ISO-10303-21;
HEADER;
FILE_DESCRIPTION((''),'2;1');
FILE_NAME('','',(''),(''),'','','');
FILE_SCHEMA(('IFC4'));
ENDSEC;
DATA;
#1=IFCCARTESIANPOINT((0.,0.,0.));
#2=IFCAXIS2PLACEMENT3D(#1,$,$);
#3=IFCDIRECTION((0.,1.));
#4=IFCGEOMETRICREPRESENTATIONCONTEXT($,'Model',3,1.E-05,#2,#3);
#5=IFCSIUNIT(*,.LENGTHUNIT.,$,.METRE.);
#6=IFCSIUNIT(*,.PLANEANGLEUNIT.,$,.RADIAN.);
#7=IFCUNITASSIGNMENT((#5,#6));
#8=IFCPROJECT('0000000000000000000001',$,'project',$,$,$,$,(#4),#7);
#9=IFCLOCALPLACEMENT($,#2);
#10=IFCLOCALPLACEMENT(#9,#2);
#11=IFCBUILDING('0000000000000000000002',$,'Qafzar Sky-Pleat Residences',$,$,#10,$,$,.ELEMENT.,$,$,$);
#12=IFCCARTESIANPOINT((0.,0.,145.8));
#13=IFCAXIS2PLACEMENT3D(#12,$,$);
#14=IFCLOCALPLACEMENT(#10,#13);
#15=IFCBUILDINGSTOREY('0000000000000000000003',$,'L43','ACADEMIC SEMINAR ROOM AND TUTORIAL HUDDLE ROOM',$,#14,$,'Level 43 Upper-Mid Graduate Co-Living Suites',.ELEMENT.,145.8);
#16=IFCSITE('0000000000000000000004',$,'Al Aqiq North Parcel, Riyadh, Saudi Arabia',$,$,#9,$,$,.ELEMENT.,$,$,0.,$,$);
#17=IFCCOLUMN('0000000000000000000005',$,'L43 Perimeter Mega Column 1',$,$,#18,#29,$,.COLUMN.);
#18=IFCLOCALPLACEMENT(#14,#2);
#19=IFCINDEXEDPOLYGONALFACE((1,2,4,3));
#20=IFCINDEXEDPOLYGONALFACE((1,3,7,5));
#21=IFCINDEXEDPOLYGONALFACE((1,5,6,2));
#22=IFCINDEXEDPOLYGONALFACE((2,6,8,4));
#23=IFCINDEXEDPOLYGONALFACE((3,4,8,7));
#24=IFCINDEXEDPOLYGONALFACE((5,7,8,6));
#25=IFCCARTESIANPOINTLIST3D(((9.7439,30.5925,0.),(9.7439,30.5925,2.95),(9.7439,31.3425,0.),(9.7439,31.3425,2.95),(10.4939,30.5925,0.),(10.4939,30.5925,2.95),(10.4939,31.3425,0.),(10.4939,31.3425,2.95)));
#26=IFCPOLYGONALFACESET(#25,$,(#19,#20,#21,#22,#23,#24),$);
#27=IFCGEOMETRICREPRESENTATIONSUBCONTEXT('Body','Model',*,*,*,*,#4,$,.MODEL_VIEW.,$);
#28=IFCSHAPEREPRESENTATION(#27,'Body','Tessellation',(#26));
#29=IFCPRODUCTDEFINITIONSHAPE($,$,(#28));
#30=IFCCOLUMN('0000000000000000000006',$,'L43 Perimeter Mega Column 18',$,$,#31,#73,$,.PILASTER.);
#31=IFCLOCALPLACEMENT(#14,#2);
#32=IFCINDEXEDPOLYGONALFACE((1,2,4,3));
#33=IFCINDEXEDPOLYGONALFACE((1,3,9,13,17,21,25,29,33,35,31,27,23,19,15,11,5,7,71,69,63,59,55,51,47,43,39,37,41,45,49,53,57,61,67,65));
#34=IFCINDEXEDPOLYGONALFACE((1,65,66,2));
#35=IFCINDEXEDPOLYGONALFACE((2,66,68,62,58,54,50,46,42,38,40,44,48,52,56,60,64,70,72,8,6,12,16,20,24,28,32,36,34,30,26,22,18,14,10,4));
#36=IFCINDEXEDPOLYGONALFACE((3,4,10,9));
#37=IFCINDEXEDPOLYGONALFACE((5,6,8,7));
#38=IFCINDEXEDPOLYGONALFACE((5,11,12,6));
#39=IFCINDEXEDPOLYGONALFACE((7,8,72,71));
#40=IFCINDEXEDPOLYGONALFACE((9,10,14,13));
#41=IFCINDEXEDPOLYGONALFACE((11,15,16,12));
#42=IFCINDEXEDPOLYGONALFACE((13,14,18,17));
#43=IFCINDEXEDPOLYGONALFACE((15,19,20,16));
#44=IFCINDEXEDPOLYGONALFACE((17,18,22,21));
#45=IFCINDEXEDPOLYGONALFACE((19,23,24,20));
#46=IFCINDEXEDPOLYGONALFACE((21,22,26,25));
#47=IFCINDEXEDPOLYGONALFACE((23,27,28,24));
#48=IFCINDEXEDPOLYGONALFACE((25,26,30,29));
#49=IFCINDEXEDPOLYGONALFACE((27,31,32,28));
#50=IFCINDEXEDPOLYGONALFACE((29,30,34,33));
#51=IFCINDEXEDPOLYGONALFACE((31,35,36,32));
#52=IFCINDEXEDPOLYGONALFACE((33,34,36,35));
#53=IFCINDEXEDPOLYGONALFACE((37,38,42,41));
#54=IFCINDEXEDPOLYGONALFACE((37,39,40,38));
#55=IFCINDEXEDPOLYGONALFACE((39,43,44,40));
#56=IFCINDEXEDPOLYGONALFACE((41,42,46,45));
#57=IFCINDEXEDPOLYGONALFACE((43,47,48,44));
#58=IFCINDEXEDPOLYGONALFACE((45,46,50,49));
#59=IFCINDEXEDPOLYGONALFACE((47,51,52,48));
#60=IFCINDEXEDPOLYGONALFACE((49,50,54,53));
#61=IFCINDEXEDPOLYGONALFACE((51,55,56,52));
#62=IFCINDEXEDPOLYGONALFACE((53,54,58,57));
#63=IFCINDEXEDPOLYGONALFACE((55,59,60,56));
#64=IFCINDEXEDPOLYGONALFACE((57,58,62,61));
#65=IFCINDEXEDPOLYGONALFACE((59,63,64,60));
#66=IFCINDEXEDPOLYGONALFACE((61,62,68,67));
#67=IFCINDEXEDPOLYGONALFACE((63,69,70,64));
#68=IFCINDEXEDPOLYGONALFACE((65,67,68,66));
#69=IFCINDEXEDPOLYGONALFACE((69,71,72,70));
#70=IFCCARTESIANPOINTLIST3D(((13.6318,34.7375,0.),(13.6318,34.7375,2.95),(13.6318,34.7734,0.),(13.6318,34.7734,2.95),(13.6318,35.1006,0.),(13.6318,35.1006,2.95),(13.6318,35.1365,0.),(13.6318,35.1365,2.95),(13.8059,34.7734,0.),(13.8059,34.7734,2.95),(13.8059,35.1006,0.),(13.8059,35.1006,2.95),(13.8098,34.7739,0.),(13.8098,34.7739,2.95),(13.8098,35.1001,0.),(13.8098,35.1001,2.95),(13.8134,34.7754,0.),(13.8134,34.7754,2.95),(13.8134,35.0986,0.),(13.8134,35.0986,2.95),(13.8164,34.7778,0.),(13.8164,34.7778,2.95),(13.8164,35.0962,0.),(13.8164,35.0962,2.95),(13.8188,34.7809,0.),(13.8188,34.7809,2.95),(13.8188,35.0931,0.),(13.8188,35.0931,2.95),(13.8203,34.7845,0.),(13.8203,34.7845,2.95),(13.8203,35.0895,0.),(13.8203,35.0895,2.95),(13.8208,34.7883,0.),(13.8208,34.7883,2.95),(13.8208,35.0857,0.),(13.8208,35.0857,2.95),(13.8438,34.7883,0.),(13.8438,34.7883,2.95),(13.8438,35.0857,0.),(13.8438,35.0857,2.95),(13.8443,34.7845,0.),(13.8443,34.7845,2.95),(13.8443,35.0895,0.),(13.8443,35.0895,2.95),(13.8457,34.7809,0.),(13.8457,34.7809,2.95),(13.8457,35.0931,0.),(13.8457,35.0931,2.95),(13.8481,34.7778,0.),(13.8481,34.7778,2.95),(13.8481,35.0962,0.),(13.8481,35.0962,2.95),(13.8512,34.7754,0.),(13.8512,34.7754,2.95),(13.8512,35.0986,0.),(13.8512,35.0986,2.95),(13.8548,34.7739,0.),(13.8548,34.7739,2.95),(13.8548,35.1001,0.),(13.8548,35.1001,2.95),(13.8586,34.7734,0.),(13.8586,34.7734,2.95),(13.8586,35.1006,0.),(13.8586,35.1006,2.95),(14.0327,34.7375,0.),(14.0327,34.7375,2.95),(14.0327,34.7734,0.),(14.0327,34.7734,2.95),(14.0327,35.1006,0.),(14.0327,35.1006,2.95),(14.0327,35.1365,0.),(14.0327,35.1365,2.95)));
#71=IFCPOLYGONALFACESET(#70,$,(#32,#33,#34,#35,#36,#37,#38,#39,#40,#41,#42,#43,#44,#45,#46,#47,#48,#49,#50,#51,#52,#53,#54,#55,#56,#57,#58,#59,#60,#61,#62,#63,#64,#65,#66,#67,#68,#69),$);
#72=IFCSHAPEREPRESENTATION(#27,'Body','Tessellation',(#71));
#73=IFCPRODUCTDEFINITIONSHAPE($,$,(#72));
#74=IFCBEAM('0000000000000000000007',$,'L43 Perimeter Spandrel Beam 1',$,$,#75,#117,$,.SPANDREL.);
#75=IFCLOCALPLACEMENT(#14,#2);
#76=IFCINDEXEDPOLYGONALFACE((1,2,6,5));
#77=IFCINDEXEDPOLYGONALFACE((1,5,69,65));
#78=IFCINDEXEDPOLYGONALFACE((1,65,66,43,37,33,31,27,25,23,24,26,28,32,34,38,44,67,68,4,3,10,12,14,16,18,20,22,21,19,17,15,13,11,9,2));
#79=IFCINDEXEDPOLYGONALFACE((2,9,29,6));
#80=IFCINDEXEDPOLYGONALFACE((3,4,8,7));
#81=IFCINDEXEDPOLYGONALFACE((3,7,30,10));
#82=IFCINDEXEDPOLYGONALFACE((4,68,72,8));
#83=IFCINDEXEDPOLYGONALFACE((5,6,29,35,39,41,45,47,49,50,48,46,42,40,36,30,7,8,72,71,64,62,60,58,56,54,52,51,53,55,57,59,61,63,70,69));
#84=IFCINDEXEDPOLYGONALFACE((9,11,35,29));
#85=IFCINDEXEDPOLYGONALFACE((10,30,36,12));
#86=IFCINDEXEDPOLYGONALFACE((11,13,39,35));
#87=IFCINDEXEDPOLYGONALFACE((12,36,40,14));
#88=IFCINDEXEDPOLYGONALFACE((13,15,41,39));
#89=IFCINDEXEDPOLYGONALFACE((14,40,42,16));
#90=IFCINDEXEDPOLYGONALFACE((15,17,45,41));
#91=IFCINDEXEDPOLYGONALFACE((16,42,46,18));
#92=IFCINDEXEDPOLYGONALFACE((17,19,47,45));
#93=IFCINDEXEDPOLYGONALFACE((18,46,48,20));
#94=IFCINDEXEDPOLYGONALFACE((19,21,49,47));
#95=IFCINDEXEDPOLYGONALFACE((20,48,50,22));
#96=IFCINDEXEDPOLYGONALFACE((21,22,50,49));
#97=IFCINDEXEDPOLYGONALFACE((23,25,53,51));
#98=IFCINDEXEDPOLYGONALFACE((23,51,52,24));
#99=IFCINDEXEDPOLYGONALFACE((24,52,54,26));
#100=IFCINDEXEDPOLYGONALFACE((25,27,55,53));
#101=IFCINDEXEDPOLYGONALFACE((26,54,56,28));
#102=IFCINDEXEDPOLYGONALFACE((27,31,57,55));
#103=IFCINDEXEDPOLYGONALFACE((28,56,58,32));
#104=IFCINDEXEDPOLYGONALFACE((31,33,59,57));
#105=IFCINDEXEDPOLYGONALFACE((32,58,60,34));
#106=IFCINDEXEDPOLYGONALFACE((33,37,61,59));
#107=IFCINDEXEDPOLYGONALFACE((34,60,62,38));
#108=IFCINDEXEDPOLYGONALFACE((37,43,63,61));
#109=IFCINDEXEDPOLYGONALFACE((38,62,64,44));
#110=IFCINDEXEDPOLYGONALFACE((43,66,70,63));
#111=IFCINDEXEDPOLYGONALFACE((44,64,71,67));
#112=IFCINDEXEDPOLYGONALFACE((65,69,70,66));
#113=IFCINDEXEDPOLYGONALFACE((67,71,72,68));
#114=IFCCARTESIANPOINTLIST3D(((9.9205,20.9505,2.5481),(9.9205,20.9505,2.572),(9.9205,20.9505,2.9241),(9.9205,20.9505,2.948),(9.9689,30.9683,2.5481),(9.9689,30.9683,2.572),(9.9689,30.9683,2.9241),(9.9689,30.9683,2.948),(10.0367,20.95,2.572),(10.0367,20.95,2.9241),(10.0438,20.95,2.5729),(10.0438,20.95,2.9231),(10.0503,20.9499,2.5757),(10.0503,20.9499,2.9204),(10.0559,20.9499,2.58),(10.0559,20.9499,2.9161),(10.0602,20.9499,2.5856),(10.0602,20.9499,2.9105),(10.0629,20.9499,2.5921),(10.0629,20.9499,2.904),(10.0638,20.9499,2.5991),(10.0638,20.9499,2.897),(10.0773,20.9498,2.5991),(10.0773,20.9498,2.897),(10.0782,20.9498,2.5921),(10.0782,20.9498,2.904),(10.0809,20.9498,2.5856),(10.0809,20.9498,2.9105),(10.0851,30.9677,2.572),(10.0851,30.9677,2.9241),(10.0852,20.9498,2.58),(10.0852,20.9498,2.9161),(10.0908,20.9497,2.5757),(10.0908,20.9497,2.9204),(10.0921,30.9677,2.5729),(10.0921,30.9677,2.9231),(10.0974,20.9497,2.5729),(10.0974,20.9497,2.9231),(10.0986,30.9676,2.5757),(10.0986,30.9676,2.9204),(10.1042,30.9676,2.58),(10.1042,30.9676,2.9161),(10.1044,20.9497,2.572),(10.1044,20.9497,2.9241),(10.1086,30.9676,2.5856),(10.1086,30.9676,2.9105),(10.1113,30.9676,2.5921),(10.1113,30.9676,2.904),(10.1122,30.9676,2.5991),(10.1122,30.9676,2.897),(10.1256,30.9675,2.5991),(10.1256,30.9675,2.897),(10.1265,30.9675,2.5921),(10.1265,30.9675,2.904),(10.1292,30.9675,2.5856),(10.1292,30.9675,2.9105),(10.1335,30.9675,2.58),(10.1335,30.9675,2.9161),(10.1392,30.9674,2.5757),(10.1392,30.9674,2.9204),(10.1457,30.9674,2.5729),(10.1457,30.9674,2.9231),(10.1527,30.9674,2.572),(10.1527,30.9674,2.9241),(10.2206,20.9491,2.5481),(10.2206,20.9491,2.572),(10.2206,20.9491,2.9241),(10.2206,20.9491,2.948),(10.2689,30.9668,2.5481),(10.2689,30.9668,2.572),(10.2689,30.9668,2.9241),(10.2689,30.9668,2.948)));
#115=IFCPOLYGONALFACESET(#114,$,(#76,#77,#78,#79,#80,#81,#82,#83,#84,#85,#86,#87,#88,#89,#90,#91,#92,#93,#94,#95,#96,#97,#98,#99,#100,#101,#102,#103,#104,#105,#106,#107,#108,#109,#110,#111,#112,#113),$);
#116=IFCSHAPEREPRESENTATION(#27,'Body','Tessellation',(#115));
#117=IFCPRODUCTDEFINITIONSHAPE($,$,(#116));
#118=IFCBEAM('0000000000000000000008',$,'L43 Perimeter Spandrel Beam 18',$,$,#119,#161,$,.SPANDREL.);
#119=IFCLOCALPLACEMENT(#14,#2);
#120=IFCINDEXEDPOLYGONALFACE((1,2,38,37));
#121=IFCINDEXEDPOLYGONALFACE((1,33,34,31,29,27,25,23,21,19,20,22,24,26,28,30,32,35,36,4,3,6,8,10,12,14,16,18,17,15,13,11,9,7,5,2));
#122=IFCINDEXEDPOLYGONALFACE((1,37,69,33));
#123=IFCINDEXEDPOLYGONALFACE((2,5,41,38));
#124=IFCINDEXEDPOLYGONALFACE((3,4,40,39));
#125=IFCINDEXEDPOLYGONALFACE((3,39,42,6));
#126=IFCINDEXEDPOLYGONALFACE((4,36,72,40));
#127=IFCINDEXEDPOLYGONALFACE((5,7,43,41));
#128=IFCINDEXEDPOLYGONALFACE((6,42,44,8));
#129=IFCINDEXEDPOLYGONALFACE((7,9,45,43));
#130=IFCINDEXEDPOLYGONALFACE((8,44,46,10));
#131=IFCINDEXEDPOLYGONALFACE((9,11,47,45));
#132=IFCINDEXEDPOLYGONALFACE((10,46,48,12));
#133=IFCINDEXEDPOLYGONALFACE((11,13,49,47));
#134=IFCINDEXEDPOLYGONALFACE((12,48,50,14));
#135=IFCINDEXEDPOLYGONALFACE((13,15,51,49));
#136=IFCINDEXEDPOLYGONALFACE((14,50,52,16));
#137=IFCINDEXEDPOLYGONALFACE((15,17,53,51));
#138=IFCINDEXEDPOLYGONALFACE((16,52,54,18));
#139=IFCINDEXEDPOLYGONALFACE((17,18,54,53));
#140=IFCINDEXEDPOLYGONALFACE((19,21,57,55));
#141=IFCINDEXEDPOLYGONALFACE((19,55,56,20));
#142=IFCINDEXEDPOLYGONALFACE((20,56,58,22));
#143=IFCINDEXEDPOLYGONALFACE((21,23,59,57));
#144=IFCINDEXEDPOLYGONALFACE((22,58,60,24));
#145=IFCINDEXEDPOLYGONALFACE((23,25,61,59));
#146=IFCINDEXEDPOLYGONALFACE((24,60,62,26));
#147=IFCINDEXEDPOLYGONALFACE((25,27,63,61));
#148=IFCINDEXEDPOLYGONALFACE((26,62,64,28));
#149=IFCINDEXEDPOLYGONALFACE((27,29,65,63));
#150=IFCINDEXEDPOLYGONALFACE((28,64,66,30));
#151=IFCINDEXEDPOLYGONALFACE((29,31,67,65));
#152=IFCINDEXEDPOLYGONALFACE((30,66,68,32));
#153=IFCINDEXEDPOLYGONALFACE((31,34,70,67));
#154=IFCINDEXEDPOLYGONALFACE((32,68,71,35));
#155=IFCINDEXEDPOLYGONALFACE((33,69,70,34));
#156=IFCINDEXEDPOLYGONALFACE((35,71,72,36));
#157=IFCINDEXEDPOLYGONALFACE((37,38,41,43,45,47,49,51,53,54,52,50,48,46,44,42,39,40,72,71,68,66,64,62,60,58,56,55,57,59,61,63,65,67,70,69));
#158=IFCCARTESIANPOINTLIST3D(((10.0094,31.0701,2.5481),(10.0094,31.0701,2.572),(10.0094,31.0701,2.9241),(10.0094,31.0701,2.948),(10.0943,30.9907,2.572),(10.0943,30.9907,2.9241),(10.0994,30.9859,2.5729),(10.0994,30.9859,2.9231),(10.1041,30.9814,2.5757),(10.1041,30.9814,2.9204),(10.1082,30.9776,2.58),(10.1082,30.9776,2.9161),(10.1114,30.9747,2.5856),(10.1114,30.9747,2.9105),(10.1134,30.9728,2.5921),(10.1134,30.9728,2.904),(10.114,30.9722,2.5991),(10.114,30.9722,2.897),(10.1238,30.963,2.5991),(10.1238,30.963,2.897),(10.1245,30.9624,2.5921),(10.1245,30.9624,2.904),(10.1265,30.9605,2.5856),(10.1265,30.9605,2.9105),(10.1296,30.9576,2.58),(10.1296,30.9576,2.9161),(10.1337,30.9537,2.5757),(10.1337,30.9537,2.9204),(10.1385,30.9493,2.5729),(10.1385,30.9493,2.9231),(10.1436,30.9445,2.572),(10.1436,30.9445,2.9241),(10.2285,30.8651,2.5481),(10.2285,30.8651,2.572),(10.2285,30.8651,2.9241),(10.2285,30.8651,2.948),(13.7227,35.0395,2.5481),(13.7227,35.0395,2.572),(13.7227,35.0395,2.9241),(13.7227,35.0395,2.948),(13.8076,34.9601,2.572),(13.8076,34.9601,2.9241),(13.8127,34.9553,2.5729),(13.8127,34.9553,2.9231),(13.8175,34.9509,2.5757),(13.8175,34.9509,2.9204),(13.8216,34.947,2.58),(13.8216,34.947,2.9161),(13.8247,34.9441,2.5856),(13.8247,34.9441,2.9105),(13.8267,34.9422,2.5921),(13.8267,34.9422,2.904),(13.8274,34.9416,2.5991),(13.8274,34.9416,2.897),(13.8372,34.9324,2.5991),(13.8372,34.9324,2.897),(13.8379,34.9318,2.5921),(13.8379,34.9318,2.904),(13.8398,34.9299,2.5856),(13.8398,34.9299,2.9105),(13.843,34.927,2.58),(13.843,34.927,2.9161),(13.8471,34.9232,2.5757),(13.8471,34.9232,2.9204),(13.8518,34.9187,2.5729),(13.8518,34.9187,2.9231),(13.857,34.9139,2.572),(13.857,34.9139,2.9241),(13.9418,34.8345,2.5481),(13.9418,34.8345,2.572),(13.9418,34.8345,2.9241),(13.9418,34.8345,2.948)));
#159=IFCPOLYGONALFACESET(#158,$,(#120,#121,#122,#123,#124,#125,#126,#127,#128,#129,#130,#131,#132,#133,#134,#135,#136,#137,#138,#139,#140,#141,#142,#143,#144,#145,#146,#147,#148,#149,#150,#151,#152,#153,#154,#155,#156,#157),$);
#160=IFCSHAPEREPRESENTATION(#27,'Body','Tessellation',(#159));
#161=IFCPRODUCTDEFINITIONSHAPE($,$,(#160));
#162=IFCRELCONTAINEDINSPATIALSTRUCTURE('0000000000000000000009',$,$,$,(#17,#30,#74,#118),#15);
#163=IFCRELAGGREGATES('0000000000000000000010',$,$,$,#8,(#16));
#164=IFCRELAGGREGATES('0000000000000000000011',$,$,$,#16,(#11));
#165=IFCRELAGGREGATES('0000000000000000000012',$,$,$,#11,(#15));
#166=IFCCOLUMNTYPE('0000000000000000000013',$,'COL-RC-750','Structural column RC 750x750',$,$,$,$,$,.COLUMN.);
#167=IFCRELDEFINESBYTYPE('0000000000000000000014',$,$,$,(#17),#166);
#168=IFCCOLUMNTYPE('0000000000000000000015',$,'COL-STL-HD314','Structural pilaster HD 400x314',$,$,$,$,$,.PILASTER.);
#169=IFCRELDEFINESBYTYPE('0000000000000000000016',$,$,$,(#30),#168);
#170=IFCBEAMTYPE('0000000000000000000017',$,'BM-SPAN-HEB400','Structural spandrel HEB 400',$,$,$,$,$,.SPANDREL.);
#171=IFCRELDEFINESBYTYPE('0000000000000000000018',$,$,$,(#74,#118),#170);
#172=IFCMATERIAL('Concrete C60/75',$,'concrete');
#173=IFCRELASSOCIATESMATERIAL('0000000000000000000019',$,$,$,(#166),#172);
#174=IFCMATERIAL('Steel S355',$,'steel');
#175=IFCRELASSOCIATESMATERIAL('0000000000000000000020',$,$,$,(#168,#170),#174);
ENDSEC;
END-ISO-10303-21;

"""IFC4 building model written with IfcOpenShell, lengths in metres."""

from ifc_helpers import new_model, si_unit, direction, frame, origin, origin_2d, place, context, subcontext, project, spatial, rectangle, i_section, extrude, source, transform, mapped, material, material_profile, profile_set, type_object, element, save


model = new_model("IFC4")

# Units and contexts
model_context = context("Model", 3, precision=1e-05, world=origin(), true_north=direction((0.0, 1.0)))
body_context = subcontext(model_context, "Body", "Model", "MODEL_VIEW")
ifc_project = project(units=[si_unit("LENGTHUNIT", "METRE"), si_unit("PLANEANGLEUNIT", "RADIAN")], contexts=[model_context])

# Site, building, storey
site_placement = place(None, origin())
site = spatial("IfcSite", under=ifc_project, at=site_placement, Name="Al Aqiq North Parcel, Riyadh, Saudi Arabia", CompositionType="ELEMENT", RefElevation=0.0)
building_placement = place(site_placement, origin())
building = spatial("IfcBuilding", under=site, at=building_placement, Name="Qafzar Sky-Pleat Residences", CompositionType="ELEMENT")
storey_placement = place(building_placement, frame((0.0, 0.0, 145.8)))
storey = spatial("IfcBuildingStorey", under=building, at=storey_placement, Name="L43", Description="ACADEMIC SEMINAR ROOM AND TUTORIAL HUDDLE ROOM", LongName="Level 43 Upper-Mid Graduate Co-Living Suites", CompositionType="ELEMENT", Elevation=145.8)

# Columns
ifc_material_1 = material(Name="Concrete C60/75", Category="concrete")
ifc_material_profile_1 = material_profile(ifc_material_1, rectangle(XDim=0.75, YDim=0.75, at=origin_2d()), Name="RC 750x750")
ifc_profile_set_1 = profile_set([ifc_material_profile_1], Name="Concrete C60/75")
column_type_1 = type_object("IfcColumnType", Name="COL-RC-750", Description="Structural column RC 750x750", PredefinedType="COLUMN", material=ifc_profile_set_1)
shared_shape_1 = source(origin(), body_context, "Body", "SweptSolid", [
    extrude(rectangle(XDim=0.75, YDim=0.75, at=origin_2d()), origin(), (0.0, 0.0, 1.0), 2.95),
])
column_1_placement = place(storey_placement, frame((10.1189, 30.9675, 0.0), z_axis=(0.0, 0.0, 1.0), x_axis=(1.0, 0.0, 0.0)))
element("IfcColumn", 1, at=column_1_placement, inside=storey, type_object=column_type_1, Name="L43 Perimeter Mega Column 1", PredefinedType="COLUMN", context=body_context, shape_type="MappedRepresentation", body=[
    mapped(shared_shape_1, transform((0.0, 0.0, 0.0), x_axis=(1.0, 0.0, 0.0), y_axis=(0.0, 1.0, 0.0), z_axis=(0.0, 0.0, 1.0), scale=1.0)),
])
ifc_material_2 = material(Name="Steel S355", Category="steel")
ifc_material_profile_2 = material_profile(ifc_material_2, i_section(OverallWidth=0.4009, OverallDepth=0.3989, WebThickness=0.0229, FlangeThickness=0.0359, FilletRadius=0.0149, at=origin_2d()), Name="HD 400x314")
ifc_profile_set_2 = profile_set([ifc_material_profile_2], Name="Steel S355")
column_type_2 = type_object("IfcColumnType", Name="COL-STL-HD314", Description="Structural pilaster HD 400x314", PredefinedType="PILASTER", material=ifc_profile_set_2)
shared_shape_2 = source(origin(), body_context, "Body", "SweptSolid", [
    extrude(i_section(OverallWidth=0.4009, OverallDepth=0.3989, WebThickness=0.0229, FlangeThickness=0.0359, FilletRadius=0.0149, at=origin_2d()), origin(), (0.0, 0.0, 1.0), 2.95),
])
column_2_placement = place(storey_placement, frame((13.8323, 34.937, 0.0), z_axis=(0.0, 0.0, 1.0), x_axis=(1.0, 0.0, 0.0)))
element("IfcColumn", 2, at=column_2_placement, inside=storey, type_object=column_type_2, Name="L43 Perimeter Mega Column 18", PredefinedType="PILASTER", context=body_context, shape_type="MappedRepresentation", body=[
    mapped(shared_shape_2, transform((0.0, 0.0, 0.0), x_axis=(1.0, 0.0, 0.0), y_axis=(0.0, 1.0, 0.0), z_axis=(0.0, 0.0, 1.0), scale=1.0)),
])

# Beams
ifc_material_profile_3 = material_profile(ifc_material_2, i_section(OverallWidth=0.3, OverallDepth=0.3999, WebThickness=0.0134, FlangeThickness=0.0239, FilletRadius=0.0271, at=origin_2d()), Name="HEB 400")
ifc_profile_set_3 = profile_set([ifc_material_profile_3], Name="Steel S355")
beam_type_1 = type_object("IfcBeamType", Name="BM-SPAN-HEB400", Description="Structural spandrel HEB 400", PredefinedType="SPANDREL", material=ifc_profile_set_3)
shared_shape_3 = source(origin(), body_context, "Body", "SweptSolid", [
    extrude(i_section(OverallWidth=0.3, OverallDepth=0.3999, WebThickness=0.0134, FlangeThickness=0.0239, FilletRadius=0.0271, at=origin_2d()), origin(), (0.0, 0.0, 1.0), 10.0178),
])
beam_1_placement = place(storey_placement, frame((10.1189, 30.9675, 2.748), z_axis=(-0.004825, -0.999988, 0.0), x_axis=(0.999988, -0.004825, 0.0)))
element("IfcBeam", 3, at=beam_1_placement, inside=storey, type_object=beam_type_1, Name="L43 Perimeter Spandrel Beam 1", PredefinedType="SPANDREL", context=body_context, shape_type="MappedRepresentation", body=[
    mapped(shared_shape_3, transform((0.0, 0.0, 0.0), x_axis=(1.0, 0.0, 0.0), y_axis=(0.0, 1.0, 0.0), z_axis=(0.0, 0.0, 1.0), scale=1.0)),
])
shared_shape_4 = source(origin(), body_context, "Body", "SweptSolid", [
    extrude(i_section(OverallWidth=0.3, OverallDepth=0.3999, WebThickness=0.0134, FlangeThickness=0.0239, FilletRadius=0.0271, at=origin_2d()), origin(), (0.0, 0.0, 1.0), 5.4355),
])
beam_2_placement = place(storey_placement, frame((13.8323, 34.937, 2.748), z_axis=(-0.683156, -0.730272, 0.0), x_axis=(0.730272, -0.683156, 0.0)))
element("IfcBeam", 4, at=beam_2_placement, inside=storey, type_object=beam_type_1, Name="L43 Perimeter Spandrel Beam 18", PredefinedType="SPANDREL", context=body_context, shape_type="MappedRepresentation", body=[
    mapped(shared_shape_4, transform((0.0, 0.0, 0.0), x_axis=(1.0, 0.0, 0.0), y_axis=(0.0, 1.0, 0.0), z_axis=(0.0, 0.0, 1.0), scale=1.0)),
])

save(model, "model.ifc")
